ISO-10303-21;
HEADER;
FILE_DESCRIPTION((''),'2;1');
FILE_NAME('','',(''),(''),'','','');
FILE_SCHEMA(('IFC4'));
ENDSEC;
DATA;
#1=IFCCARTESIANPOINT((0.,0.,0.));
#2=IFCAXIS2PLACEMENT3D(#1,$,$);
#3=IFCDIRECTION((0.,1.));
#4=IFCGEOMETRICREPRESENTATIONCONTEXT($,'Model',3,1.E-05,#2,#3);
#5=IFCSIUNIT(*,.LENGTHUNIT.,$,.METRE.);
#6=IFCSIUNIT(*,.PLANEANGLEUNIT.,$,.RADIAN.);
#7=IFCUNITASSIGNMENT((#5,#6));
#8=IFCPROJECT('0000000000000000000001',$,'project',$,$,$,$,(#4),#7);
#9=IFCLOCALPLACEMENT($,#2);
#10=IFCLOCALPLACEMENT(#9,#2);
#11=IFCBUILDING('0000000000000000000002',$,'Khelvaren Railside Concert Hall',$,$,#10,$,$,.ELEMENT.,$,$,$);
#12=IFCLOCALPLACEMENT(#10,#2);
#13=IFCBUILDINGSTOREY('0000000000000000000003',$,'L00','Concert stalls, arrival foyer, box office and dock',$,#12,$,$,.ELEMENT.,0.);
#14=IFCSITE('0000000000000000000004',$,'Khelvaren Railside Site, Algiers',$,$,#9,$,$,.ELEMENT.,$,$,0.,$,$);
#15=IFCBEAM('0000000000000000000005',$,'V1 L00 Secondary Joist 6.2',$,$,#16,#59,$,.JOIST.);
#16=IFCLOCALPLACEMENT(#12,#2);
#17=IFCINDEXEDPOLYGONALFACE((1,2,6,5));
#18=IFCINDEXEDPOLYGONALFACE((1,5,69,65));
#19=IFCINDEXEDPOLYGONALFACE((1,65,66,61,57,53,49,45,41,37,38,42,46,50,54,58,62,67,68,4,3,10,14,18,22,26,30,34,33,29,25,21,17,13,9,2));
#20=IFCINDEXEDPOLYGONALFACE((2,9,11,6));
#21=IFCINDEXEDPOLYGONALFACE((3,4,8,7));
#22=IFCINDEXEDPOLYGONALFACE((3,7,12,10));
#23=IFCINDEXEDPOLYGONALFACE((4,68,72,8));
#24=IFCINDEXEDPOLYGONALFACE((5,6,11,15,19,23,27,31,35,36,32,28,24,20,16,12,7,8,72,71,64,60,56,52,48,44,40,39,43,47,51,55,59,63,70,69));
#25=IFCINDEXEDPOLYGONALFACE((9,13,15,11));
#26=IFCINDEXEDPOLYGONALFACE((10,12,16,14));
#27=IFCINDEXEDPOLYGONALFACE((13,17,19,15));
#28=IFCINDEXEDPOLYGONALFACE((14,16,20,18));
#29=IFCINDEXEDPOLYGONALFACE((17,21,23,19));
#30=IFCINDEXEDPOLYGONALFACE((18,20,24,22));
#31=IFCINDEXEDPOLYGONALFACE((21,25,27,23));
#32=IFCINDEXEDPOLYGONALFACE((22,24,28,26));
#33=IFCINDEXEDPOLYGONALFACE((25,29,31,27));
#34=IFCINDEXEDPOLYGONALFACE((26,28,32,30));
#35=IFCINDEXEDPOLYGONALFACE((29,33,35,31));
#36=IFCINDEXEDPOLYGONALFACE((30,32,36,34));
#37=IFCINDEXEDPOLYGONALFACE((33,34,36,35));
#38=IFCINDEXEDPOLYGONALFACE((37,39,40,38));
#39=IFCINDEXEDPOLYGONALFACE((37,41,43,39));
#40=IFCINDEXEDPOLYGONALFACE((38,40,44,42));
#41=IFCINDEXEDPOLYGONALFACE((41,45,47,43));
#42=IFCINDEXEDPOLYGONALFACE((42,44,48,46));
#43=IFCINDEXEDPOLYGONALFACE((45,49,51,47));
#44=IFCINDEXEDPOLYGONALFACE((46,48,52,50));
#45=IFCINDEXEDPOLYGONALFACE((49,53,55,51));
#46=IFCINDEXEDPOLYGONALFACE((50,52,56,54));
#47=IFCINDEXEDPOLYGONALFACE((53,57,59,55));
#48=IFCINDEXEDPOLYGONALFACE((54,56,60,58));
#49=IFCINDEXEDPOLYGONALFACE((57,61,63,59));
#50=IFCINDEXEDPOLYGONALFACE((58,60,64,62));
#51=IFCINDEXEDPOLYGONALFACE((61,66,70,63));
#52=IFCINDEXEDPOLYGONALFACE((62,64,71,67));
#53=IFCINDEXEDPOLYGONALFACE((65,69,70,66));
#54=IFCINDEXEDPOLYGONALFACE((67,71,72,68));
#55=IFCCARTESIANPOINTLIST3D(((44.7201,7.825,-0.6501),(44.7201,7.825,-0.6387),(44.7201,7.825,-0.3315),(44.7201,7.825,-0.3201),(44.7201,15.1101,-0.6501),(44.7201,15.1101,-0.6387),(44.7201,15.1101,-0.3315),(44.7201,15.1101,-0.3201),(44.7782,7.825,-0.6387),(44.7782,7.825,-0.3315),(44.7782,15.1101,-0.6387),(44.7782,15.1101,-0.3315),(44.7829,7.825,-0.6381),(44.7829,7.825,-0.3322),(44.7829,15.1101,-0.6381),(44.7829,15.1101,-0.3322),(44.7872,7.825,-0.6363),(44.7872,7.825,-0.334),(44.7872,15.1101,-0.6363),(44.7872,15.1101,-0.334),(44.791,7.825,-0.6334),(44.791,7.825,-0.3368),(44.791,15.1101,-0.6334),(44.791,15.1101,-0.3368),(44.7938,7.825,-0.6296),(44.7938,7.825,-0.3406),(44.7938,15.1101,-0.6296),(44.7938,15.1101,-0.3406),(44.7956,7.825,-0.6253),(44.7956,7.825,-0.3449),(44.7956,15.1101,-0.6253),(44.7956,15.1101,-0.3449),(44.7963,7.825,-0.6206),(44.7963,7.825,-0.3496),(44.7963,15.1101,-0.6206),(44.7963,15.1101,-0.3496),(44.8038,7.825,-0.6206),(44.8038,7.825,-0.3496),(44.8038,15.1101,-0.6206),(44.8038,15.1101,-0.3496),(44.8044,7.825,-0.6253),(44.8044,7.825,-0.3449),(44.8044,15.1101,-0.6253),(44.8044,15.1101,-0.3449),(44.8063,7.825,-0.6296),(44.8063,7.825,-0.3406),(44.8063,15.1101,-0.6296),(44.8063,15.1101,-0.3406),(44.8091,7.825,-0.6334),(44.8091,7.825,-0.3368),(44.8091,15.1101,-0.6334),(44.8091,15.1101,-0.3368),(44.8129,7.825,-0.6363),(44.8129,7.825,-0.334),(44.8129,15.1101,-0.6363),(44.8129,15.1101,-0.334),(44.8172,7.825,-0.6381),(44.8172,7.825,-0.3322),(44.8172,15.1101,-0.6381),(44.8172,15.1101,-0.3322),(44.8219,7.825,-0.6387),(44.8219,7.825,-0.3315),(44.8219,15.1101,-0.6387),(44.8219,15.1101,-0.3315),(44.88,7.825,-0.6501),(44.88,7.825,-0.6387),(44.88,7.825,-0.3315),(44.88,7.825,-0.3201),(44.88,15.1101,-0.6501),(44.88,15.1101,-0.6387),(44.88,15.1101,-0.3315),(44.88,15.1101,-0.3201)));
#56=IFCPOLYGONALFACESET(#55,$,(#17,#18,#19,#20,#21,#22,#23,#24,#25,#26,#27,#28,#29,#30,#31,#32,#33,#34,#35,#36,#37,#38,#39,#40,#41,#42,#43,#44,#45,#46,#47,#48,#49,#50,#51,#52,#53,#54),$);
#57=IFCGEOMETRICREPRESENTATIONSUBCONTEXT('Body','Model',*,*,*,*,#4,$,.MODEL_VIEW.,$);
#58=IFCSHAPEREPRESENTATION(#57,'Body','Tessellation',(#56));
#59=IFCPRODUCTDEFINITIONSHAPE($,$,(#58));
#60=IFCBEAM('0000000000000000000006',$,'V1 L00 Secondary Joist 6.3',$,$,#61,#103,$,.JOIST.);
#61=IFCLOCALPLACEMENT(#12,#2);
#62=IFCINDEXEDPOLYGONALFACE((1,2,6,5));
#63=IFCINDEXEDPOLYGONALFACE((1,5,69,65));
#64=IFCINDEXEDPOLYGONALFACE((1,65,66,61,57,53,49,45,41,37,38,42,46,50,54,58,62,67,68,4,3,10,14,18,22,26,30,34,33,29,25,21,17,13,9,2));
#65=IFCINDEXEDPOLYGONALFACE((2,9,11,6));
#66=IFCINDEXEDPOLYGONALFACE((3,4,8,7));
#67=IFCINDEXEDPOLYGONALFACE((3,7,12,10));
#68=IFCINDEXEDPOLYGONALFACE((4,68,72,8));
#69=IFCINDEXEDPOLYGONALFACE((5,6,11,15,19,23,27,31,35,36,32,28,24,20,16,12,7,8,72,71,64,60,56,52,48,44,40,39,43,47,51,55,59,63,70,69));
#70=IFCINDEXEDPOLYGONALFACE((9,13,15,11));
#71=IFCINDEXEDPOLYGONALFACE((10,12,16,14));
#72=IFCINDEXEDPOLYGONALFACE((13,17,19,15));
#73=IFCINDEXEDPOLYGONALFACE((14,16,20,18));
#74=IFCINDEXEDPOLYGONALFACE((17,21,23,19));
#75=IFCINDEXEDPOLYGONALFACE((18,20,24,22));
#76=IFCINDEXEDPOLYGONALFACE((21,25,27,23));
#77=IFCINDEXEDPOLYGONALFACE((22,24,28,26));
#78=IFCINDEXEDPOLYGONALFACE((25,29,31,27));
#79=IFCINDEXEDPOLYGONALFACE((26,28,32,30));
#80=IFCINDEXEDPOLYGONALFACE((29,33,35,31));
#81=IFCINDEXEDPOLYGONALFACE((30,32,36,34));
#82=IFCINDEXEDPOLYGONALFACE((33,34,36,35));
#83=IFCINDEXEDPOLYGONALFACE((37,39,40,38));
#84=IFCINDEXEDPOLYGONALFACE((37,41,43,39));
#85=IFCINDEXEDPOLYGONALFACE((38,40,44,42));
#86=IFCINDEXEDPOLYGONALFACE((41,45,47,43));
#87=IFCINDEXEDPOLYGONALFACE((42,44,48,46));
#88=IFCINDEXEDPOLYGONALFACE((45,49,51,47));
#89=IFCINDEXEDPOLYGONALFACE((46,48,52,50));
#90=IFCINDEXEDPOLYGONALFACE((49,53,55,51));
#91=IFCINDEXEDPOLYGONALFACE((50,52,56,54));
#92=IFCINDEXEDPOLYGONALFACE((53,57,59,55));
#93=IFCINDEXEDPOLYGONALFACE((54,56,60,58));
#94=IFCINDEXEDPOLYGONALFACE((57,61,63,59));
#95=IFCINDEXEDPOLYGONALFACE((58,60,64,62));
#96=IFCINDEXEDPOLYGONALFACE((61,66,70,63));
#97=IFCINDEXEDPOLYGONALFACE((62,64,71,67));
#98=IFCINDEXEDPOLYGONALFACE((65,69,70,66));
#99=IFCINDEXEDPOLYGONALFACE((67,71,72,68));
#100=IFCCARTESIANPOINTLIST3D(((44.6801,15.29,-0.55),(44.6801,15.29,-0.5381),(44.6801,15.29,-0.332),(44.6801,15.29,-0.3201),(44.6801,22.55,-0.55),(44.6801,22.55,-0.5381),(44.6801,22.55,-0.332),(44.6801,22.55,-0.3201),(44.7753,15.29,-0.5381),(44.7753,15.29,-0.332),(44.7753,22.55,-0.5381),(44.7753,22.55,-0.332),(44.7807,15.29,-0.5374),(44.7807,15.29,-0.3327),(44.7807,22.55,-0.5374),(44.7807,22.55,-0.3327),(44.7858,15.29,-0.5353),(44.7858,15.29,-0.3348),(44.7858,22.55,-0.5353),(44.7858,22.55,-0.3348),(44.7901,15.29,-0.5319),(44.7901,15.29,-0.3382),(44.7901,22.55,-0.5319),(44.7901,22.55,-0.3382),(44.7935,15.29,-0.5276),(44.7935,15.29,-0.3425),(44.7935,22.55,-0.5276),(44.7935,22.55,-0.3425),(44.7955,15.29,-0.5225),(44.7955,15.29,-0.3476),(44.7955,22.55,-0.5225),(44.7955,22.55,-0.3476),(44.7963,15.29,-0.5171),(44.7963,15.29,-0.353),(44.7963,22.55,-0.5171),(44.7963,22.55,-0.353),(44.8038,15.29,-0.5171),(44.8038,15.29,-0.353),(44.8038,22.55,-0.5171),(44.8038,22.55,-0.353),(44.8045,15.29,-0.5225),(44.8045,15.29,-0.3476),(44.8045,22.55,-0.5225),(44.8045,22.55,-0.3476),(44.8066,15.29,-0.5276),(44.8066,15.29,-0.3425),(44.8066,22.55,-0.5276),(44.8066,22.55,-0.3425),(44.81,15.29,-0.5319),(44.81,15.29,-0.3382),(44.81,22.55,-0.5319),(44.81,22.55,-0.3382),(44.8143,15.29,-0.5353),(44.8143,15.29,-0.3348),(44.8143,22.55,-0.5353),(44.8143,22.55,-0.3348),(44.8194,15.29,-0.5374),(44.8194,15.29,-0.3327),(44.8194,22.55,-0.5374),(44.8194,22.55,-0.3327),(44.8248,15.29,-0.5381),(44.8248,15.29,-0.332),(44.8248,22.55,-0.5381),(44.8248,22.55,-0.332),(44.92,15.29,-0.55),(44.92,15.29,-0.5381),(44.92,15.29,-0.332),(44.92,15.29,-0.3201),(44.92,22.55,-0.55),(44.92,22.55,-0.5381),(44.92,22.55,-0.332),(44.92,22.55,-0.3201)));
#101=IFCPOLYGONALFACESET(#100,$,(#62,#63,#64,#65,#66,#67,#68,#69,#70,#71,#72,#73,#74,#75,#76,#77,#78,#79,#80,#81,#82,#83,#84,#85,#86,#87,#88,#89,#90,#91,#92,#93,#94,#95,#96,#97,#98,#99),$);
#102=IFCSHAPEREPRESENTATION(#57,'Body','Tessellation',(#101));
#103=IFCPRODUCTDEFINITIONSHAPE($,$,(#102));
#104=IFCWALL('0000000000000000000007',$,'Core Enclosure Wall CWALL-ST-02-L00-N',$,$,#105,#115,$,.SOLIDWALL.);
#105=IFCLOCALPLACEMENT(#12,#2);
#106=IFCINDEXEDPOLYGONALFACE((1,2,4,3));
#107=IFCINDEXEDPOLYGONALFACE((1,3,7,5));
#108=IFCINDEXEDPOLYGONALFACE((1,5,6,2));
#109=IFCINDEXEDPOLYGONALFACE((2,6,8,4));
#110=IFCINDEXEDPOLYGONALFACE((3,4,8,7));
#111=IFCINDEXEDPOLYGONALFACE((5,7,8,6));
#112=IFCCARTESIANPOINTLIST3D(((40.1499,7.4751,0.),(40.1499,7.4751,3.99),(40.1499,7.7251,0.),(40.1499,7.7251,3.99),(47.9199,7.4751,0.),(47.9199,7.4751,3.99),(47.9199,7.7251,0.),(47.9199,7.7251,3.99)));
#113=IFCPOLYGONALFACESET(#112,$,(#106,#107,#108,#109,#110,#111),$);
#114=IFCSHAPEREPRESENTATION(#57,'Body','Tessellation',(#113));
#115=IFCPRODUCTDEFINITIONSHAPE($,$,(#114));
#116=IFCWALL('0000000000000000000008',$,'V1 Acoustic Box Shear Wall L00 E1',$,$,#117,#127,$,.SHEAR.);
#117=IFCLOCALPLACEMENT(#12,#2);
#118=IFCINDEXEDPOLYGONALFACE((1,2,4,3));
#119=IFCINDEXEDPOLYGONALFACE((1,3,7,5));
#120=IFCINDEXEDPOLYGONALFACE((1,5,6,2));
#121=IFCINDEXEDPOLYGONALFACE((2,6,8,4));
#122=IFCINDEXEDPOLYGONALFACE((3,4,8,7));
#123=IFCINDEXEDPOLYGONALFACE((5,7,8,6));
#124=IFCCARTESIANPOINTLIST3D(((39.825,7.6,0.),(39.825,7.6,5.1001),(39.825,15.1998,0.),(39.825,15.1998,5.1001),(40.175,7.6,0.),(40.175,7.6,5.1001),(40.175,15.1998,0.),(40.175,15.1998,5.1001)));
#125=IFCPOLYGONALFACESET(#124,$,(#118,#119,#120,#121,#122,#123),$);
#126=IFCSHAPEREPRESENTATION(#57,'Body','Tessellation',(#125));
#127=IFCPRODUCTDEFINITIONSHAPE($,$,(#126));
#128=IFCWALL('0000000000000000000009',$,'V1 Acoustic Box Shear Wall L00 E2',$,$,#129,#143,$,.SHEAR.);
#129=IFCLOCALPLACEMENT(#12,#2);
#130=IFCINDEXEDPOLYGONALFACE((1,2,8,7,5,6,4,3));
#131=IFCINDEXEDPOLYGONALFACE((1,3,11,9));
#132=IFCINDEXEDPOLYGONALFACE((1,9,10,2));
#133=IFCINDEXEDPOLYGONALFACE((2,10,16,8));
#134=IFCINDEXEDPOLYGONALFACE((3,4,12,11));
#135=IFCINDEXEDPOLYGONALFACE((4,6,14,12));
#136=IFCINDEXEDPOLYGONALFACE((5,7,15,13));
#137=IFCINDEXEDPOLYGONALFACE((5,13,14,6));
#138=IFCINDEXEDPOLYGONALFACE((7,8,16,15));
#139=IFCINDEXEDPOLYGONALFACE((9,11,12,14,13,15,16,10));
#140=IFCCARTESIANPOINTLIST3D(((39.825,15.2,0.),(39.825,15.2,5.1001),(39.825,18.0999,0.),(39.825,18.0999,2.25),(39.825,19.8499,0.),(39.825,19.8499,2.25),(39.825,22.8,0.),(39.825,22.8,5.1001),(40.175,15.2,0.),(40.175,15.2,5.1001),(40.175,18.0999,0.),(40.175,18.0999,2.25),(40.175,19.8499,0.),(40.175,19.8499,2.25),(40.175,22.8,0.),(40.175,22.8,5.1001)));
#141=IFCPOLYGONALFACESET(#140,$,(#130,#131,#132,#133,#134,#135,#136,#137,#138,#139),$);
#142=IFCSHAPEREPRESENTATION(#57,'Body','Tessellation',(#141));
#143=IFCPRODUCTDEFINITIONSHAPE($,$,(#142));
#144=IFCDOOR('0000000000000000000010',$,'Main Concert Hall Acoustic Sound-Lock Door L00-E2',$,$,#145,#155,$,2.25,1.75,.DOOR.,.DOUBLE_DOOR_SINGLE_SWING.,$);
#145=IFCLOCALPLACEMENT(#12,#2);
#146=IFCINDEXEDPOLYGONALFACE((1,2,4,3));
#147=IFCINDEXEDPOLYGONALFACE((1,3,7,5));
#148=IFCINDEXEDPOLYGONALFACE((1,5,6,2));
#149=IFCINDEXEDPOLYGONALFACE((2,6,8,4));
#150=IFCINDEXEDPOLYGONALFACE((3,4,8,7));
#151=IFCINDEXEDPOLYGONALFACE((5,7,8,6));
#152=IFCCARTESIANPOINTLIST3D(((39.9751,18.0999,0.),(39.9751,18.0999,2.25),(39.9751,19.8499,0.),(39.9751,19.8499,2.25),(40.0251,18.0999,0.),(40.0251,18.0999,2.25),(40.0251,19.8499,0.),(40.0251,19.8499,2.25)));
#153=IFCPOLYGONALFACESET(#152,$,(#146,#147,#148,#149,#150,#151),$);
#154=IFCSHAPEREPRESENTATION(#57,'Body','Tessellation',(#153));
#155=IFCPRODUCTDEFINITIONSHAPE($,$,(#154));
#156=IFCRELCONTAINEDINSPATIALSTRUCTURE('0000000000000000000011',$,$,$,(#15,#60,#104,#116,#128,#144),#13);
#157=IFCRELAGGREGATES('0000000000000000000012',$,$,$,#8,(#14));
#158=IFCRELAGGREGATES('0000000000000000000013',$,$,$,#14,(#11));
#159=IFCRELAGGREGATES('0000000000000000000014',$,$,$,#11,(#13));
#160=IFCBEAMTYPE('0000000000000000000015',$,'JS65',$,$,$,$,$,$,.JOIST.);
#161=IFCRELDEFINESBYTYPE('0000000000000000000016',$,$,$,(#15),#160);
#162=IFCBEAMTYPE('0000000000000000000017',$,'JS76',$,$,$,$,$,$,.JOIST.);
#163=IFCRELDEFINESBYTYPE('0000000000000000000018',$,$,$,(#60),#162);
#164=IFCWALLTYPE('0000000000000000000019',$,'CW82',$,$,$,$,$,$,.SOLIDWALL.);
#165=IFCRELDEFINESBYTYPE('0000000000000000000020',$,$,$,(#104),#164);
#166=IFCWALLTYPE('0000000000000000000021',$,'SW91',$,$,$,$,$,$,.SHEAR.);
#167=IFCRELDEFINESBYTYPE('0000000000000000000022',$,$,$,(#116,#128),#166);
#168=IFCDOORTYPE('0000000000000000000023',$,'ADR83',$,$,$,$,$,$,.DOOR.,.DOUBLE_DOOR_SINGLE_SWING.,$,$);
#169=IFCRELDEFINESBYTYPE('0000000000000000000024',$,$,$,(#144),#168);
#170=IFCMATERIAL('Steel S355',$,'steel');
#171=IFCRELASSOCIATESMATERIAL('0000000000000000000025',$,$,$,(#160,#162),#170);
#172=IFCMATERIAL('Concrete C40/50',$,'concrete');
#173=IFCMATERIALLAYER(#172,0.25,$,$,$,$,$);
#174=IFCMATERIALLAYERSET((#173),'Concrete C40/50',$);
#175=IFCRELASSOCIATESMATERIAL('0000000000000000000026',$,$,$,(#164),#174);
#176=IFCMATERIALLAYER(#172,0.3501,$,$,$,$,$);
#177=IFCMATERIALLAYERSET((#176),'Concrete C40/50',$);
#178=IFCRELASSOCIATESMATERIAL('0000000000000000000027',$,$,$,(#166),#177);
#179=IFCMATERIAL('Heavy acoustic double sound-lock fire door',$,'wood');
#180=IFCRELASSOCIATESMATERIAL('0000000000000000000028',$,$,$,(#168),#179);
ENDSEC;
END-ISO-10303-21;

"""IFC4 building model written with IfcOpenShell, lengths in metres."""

from ifc_helpers import new_model, si_unit, direction, frame, frame_2d, origin, origin_2d, place, context, subcontext, project, spatial, rectangle, i_section, extrude, material, layer, layer_set, material_profile, profile_set, type_object, element, fill, save


model = new_model("IFC4")

# Units and contexts
model_context = context("Model", 3, precision=1e-05, world=origin(), true_north=direction((0.0, 1.0)))
body_context = subcontext(model_context, "Body", "Model", "MODEL_VIEW")
ifc_project = project(units=[si_unit("LENGTHUNIT", "METRE"), si_unit("PLANEANGLEUNIT", "RADIAN")], contexts=[model_context])

# Site, building, storey
site_placement = place(None, origin())
site = spatial("IfcSite", under=ifc_project, at=site_placement, Name="Khelvaren Railside Site, Algiers", CompositionType="ELEMENT", RefElevation=0.0)
building_placement = place(site_placement, origin())
building = spatial("IfcBuilding", under=site, at=building_placement, Name="Khelvaren Railside Concert Hall", CompositionType="ELEMENT")
storey_placement = place(building_placement, origin())
storey = spatial("IfcBuildingStorey", under=building, at=storey_placement, Name="L00", Description="Concert stalls, arrival foyer, box office and dock", CompositionType="ELEMENT", Elevation=0.0)

# Shared definitions
ifc_material_1 = material(Name="Steel S355", Category="steel")

# Beams
ifc_material_2 = material(Name="Concrete C40/50", Category="concrete")
ifc_material_profile_1 = material_profile(ifc_material_1, i_section(OverallWidth=0.1599, OverallDepth=0.3301, WebThickness=0.0076, FlangeThickness=0.0115, FilletRadius=0.0181, at=origin_2d()), Name="IPE 330")
ifc_profile_set_1 = profile_set([ifc_material_profile_1], Name="Steel S355")
beam_type_1 = type_object("IfcBeamType", Name="JS65", PredefinedType="JOIST", material=ifc_profile_set_1)
beam_1_placement = place(storey_placement, frame((44.8, 7.825, -0.4851), z_axis=(0.0, 1.0, 0.0), x_axis=(-1.0, 0.0, 0.0)))
element("IfcBeam", 1, at=beam_1_placement, inside=storey, type_object=beam_type_1, Name="V1 L00 Secondary Joist 6.2", PredefinedType="JOIST", context=body_context, shape_type="SweptSolid", body=[
    extrude(i_section(OverallWidth=0.1599, OverallDepth=0.3301, WebThickness=0.0076, FlangeThickness=0.0115, FilletRadius=0.0181, at=origin_2d()), origin(), (0.0, 0.0, 1.0), 7.2852),
])
ifc_material_profile_2 = material_profile(ifc_material_1, i_section(OverallWidth=0.24, OverallDepth=0.23, WebThickness=0.0076, FlangeThickness=0.012, FilletRadius=0.021, at=origin_2d()), Name="HEA 240")
ifc_profile_set_2 = profile_set([ifc_material_profile_2], Name="Steel S355")
beam_type_2 = type_object("IfcBeamType", Name="JS76", PredefinedType="JOIST", material=ifc_profile_set_2)
beam_2_placement = place(storey_placement, frame((44.8, 15.29, -0.4351), z_axis=(0.0, 1.0, 0.0), x_axis=(-1.0, 0.0, 0.0)))
element("IfcBeam", 2, at=beam_2_placement, inside=storey, type_object=beam_type_2, Name="V1 L00 Secondary Joist 6.3", PredefinedType="JOIST", context=body_context, shape_type="SweptSolid", body=[
    extrude(i_section(OverallWidth=0.24, OverallDepth=0.23, WebThickness=0.0076, FlangeThickness=0.012, FilletRadius=0.021, at=origin_2d()), origin(), (0.0, 0.0, 1.0), 7.26),
])

# Walls
ifc_layer_1 = layer(ifc_material_2, 0.25)
ifc_layer_set_1 = layer_set([ifc_layer_1], Name="Concrete C40/50")
wall_type_1 = type_object("IfcWallType", Name="CW82", PredefinedType="SOLIDWALL", material=ifc_layer_set_1)
wall_1_placement = place(storey_placement, frame((40.1499, 7.6001, 0.0), z_axis=(0.0, 0.0, 1.0), x_axis=(1.0, 0.0, 0.0)))
element("IfcWall", 3, at=wall_1_placement, inside=storey, type_object=wall_type_1, Name="Core Enclosure Wall CWALL-ST-02-L00-N", PredefinedType="SOLIDWALL", context=body_context, shape_type="SweptSolid", body=[
    extrude(rectangle(XDim=7.77, YDim=0.25, at=frame_2d((3.885, 0.0))), origin(), (0.0, 0.0, 1.0), 3.99),
])
ifc_layer_2 = layer(ifc_material_2, 0.3501)
ifc_layer_set_2 = layer_set([ifc_layer_2], Name="Concrete C40/50")
wall_type_2 = type_object("IfcWallType", Name="SW91", PredefinedType="SHEAR", material=ifc_layer_set_2)
wall_2_placement = place(storey_placement, frame((40.0, 7.6001, 0.0), z_axis=(0.0, 0.0, 1.0), x_axis=(0.0, 1.0, 0.0)))
element("IfcWall", 4, at=wall_2_placement, inside=storey, type_object=wall_type_2, Name="V1 Acoustic Box Shear Wall L00 E1", PredefinedType="SHEAR", context=body_context, shape_type="SweptSolid", body=[
    extrude(rectangle(XDim=7.5999, YDim=0.3501, at=frame_2d((3.7998, 0.0))), origin(), (0.0, 0.0, 1.0), 5.1001),
])

# Wall, opening, door
wall_3_placement = place(storey_placement, frame((40.0, 15.2, 0.0), z_axis=(0.0, 0.0, 1.0), x_axis=(0.0, 1.0, 0.0)))
wall_3 = element("IfcWall", 5, at=wall_3_placement, inside=storey, type_object=wall_type_2, Name="V1 Acoustic Box Shear Wall L00 E2", PredefinedType="SHEAR", context=body_context, shape_type="SweptSolid", body=[
    extrude(rectangle(XDim=7.6001, YDim=0.3501, at=frame_2d((3.8, 0.0))), origin(), (0.0, 0.0, 1.0), 5.1001),
])
opening_1_placement = place(wall_3_placement, frame((2.8999, 0.0, 0.0)))
opening_1 = element("IfcOpeningElement", 6, at=opening_1_placement, cuts=wall_3, PredefinedType="OPENING", context=body_context, shape_type="SweptSolid", body=[
    extrude(rectangle(XDim=1.75, YDim=2.25, at=frame_2d((0.875, 1.125))), frame((0.0, 0.1851, 0.0), z_axis=(0.0, -1.0, 0.0), x_axis=(1.0, 0.0, 0.0)), (0.0, 0.0, 1.0), 0.3701),
])
ifc_material_3 = material(Name="Heavy acoustic double sound-lock fire door", Category="wood")
door_type = type_object("IfcDoorType", Name="ADR83", OperationType="DOUBLE_DOOR_SINGLE_SWING", PredefinedType="DOOR", material=ifc_material_3)
door_1_placement = place(opening_1_placement, origin())
door_1 = element("IfcDoor", 7, at=door_1_placement, inside=storey, type_object=door_type, Name="Main Concert Hall Acoustic Sound-Lock Door L00-E2", OperationType="DOUBLE_DOOR_SINGLE_SWING", OverallHeight=2.25, OverallWidth=1.75, PredefinedType="DOOR", context=body_context, shape_type="SweptSolid", body=[
    extrude(rectangle(XDim=1.75, YDim=2.25, at=frame_2d((0.875, 1.125))), frame((0.0, 0.0249, 0.0), z_axis=(0.0, -1.0, 0.0), x_axis=(1.0, 0.0, 0.0)), (0.0, 0.0, 1.0), 0.05),
])
fill(opening_1, door_1)

save(model, "model.ifc")
